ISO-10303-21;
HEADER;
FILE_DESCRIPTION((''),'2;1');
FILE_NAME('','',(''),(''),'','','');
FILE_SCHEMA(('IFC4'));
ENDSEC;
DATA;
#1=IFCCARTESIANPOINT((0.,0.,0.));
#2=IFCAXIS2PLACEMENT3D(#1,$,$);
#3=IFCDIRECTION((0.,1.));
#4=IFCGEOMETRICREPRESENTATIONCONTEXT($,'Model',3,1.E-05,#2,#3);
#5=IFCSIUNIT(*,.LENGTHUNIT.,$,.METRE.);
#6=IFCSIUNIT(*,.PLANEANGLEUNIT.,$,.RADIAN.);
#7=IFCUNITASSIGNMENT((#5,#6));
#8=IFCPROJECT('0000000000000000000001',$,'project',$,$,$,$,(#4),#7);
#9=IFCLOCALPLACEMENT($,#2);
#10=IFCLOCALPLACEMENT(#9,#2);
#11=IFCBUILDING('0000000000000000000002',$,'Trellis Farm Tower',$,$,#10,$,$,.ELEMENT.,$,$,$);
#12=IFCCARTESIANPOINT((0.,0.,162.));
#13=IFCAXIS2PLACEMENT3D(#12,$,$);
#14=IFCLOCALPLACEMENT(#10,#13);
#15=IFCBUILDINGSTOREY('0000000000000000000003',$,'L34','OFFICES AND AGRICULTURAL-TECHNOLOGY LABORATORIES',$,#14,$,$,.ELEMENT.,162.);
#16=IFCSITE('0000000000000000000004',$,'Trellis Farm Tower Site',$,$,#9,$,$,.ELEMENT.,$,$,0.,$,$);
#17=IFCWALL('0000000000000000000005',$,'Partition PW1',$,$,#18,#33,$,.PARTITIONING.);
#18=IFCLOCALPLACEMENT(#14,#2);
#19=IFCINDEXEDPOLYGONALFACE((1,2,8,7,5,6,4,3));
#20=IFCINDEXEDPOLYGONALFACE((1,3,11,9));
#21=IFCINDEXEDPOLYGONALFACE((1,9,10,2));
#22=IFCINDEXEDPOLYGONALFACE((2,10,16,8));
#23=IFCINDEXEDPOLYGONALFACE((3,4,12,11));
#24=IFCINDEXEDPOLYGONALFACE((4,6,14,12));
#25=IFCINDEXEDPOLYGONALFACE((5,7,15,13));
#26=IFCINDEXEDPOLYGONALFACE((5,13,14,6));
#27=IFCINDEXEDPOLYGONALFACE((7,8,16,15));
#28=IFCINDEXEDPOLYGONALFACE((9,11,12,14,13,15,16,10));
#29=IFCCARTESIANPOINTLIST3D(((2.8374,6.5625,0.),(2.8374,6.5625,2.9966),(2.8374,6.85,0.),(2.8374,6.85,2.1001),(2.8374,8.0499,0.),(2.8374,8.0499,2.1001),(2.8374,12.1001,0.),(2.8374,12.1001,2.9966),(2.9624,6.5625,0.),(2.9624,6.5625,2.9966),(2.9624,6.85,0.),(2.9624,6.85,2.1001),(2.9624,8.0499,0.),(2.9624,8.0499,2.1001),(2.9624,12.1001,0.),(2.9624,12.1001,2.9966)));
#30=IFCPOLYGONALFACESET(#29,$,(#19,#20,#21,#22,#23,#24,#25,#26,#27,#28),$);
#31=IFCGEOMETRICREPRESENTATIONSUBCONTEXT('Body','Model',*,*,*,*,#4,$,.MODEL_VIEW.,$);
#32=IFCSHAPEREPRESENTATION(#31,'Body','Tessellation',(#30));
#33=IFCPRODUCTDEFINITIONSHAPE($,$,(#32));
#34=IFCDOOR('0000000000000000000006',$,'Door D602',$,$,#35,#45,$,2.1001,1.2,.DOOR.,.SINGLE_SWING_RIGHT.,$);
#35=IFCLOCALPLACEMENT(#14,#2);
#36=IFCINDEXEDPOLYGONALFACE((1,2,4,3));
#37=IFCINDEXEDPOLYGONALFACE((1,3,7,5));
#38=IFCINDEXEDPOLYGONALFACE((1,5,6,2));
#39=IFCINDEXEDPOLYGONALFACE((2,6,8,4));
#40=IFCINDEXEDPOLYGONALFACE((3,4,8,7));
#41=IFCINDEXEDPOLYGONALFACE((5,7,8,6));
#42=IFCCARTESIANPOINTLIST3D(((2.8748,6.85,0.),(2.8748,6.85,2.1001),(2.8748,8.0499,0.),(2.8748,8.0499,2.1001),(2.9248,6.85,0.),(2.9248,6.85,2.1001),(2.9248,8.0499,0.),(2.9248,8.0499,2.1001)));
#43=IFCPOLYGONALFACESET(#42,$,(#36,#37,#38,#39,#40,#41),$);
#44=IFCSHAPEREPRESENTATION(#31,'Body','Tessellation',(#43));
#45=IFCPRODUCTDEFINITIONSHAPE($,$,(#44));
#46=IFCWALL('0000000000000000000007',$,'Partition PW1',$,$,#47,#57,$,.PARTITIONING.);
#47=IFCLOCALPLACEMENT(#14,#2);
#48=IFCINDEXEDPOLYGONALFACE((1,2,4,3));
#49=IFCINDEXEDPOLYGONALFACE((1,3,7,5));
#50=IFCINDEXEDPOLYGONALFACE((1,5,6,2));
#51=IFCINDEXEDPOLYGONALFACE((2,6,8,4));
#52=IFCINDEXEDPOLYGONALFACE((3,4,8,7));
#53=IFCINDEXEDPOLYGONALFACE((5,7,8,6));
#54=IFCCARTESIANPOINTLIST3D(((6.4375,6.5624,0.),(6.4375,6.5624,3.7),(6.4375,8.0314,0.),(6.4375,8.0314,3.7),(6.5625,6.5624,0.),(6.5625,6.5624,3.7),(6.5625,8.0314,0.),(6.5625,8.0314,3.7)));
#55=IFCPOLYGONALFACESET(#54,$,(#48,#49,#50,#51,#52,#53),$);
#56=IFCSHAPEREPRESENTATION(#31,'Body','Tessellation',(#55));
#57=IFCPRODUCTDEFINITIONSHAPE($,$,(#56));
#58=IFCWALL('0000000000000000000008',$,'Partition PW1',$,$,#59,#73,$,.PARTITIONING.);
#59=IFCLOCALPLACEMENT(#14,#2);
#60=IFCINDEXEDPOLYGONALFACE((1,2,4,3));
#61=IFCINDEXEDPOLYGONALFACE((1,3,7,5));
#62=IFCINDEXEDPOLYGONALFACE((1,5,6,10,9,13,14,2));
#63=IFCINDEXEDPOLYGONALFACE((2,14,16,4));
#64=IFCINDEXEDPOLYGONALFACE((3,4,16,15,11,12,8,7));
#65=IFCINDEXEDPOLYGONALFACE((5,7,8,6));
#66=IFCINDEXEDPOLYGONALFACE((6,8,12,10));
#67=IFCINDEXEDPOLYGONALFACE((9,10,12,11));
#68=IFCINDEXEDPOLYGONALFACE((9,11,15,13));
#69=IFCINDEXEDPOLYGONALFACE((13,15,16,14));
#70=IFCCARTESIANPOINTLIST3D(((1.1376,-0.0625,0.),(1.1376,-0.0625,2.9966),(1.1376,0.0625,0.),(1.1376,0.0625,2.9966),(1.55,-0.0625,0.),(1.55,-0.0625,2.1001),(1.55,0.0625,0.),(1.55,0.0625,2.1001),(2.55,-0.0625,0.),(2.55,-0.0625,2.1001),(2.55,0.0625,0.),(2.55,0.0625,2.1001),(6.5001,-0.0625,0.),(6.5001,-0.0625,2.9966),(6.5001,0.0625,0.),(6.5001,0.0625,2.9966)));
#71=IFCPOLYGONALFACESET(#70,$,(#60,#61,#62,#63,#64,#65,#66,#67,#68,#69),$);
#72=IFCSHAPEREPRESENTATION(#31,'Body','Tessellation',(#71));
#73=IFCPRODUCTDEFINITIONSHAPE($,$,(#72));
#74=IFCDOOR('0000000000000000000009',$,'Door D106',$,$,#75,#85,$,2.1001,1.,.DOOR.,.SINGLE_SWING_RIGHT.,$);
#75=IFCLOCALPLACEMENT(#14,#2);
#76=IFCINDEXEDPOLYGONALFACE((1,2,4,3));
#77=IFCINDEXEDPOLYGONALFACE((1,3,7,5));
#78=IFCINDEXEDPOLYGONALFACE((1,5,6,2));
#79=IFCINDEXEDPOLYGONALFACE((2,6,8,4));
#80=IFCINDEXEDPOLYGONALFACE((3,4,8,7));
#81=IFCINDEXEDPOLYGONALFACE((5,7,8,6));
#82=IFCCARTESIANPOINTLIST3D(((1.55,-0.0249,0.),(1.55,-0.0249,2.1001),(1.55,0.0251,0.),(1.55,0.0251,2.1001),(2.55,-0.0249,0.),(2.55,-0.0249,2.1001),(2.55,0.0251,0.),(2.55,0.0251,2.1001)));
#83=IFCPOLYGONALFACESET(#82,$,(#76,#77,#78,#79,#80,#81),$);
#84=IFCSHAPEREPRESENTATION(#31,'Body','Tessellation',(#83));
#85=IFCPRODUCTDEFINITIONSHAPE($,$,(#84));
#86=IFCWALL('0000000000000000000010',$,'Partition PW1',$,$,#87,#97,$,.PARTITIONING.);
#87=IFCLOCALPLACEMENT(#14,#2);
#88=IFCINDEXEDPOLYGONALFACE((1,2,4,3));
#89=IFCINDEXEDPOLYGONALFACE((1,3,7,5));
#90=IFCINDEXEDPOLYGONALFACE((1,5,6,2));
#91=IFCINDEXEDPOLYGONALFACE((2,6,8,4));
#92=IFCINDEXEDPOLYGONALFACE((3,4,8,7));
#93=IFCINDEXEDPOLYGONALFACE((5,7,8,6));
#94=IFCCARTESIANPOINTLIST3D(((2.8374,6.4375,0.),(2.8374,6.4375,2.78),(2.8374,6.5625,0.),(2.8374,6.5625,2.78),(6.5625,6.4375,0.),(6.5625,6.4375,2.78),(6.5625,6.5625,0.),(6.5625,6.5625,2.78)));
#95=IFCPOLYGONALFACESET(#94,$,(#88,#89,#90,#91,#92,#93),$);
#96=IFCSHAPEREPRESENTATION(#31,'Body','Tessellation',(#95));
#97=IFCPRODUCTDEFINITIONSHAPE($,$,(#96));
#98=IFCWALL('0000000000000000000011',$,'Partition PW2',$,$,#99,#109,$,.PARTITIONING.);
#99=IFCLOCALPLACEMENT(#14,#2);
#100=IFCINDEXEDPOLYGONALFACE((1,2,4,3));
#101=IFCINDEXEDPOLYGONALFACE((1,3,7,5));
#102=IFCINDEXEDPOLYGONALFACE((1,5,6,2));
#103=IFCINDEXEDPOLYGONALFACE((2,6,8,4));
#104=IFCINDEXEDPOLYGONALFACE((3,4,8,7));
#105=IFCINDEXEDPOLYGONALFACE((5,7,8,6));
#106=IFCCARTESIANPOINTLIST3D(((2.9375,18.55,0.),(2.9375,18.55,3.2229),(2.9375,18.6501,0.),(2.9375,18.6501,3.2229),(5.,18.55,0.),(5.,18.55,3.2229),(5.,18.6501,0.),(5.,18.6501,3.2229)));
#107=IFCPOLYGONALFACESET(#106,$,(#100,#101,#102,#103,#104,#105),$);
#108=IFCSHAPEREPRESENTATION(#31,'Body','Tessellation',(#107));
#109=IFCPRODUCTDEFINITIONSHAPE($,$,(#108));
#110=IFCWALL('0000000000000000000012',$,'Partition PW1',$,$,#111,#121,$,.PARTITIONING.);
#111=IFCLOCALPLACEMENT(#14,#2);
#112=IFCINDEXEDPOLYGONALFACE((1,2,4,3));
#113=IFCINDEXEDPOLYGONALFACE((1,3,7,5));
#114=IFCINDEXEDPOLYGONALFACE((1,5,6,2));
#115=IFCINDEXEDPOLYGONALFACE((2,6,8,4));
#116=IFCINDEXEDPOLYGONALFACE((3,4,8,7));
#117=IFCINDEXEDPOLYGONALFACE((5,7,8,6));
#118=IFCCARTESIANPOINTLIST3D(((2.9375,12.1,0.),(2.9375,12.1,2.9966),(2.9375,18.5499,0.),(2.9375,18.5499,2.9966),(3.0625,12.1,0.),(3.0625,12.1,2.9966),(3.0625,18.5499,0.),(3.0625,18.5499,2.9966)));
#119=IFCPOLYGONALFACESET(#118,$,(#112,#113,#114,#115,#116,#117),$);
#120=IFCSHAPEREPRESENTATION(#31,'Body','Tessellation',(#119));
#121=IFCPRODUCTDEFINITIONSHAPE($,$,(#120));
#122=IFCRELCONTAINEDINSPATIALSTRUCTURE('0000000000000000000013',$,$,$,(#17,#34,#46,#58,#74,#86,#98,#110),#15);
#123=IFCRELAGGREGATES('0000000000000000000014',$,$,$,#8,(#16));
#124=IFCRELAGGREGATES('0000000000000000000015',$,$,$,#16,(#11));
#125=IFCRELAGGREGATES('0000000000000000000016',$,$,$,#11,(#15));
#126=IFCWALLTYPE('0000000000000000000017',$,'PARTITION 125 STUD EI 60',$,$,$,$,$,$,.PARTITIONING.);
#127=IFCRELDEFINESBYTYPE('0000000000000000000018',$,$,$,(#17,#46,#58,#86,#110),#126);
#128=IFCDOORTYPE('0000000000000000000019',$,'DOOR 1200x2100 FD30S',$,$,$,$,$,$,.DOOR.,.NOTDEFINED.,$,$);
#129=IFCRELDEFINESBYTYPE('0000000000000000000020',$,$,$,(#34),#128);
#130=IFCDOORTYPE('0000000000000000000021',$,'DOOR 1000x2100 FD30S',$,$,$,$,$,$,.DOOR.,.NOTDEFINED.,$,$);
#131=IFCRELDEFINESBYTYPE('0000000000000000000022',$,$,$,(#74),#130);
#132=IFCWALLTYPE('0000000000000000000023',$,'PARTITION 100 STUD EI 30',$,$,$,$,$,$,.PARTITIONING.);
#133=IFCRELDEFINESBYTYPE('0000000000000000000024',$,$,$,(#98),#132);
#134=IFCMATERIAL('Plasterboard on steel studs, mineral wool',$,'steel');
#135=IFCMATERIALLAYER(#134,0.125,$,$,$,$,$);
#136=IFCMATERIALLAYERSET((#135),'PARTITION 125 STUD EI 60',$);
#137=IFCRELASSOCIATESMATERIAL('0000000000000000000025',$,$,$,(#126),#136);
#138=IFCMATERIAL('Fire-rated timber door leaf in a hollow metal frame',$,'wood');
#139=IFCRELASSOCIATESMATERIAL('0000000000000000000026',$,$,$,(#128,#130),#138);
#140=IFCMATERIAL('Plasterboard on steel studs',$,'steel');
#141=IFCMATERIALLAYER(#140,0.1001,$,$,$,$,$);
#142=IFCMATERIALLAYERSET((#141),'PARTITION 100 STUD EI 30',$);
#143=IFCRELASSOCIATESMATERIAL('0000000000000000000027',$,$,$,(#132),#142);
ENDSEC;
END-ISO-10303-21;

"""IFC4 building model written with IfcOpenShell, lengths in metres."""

from ifc_helpers import new_model, si_unit, direction, frame, frame_2d, origin, place, context, subcontext, project, spatial, rectangle, extrude, source, transform, mapped, material, layer, layer_set, type_object, element, fill, save


model = new_model("IFC4")

# Units and contexts
model_context = context("Model", 3, precision=1e-05, world=origin(), true_north=direction((0.0, 1.0)))
body_context = subcontext(model_context, "Body", "Model", "MODEL_VIEW")
ifc_project = project(units=[si_unit("LENGTHUNIT", "METRE"), si_unit("PLANEANGLEUNIT", "RADIAN")], contexts=[model_context])

# Site, building, storey
site_placement = place(None, origin())
site = spatial("IfcSite", under=ifc_project, at=site_placement, Name="Trellis Farm Tower Site", CompositionType="ELEMENT", RefElevation=0.0)
building_placement = place(site_placement, origin())
building = spatial("IfcBuilding", under=site, at=building_placement, Name="Trellis Farm Tower", CompositionType="ELEMENT")
storey_placement = place(building_placement, frame((0.0, 0.0, 162.0)))
storey = spatial("IfcBuildingStorey", under=building, at=storey_placement, Name="L34", Description="OFFICES AND AGRICULTURAL-TECHNOLOGY LABORATORIES", CompositionType="ELEMENT", Elevation=162.0)

# Wall, opening, door
ifc_material_1 = material(Name="Plasterboard on steel studs, mineral wool", Category="steel")
ifc_layer_1 = layer(ifc_material_1, 0.125)
ifc_layer_set_1 = layer_set([ifc_layer_1], Name="PARTITION 125 STUD EI 60")
wall_type_1 = type_object("IfcWallType", Name="PARTITION 125 STUD EI 60", PredefinedType="PARTITIONING", material=ifc_layer_set_1)
shared_shape_1 = source(origin(), body_context, "Body", "SweptSolid", [
    extrude(rectangle(XDim=5.5376, YDim=0.125, at=frame_2d((2.7688, 0.0))), origin(), (0.0, 0.0, 1.0), 2.9966),
])
wall_1_placement = place(storey_placement, frame((2.8999, 12.1001, 0.0), z_axis=(0.0, 0.0, 1.0), x_axis=(0.0, -1.0, 0.0)))
wall_1 = element("IfcWall", 1, at=wall_1_placement, inside=storey, type_object=wall_type_1, Name="Partition PW1", PredefinedType="PARTITIONING", context=body_context, shape_type="MappedRepresentation", body=[
    mapped(shared_shape_1, transform((0.0, 0.0, 0.0))),
])
shared_shape_2 = source(origin(), body_context, "Body", "SweptSolid", [
    extrude(rectangle(XDim=1.2, YDim=2.1001, at=frame_2d((0.6001, 1.05))), frame((0.0, 0.0725, 0.0), z_axis=(0.0, -1.0, 0.0), x_axis=(1.0, 0.0, 0.0)), (0.0, 0.0, 1.0), 0.145),
])
opening_1_placement = place(wall_1_placement, frame((4.05, 0.0, 0.0)))
opening_1 = element("IfcOpeningElement", 2, at=opening_1_placement, cuts=wall_1, PredefinedType="OPENING", context=body_context, shape_type="MappedRepresentation", body=[
    mapped(shared_shape_2, transform((0.0, 0.0, 0.0))),
])
ifc_material_2 = material(Name="Fire-rated timber door leaf in a hollow metal frame", Category="wood")
door_type_1 = type_object("IfcDoorType", Name="DOOR 1200x2100 FD30S", OperationType="NOTDEFINED", PredefinedType="DOOR", material=ifc_material_2)
shared_shape_3 = source(origin(), body_context, "Body", "SweptSolid", [
    extrude(rectangle(XDim=1.2, YDim=2.1001, at=frame_2d((0.6001, 1.05))), frame((0.0, 0.0249, 0.0), z_axis=(0.0, -1.0, 0.0), x_axis=(1.0, 0.0, 0.0)), (0.0, 0.0, 1.0), 0.05),
])
door_1_placement = place(opening_1_placement, origin())
door_1 = element("IfcDoor", 3, at=door_1_placement, inside=storey, type_object=door_type_1, Name="Door D602", OperationType="SINGLE_SWING_RIGHT", OverallHeight=2.1001, OverallWidth=1.2, PredefinedType="DOOR", context=body_context, shape_type="MappedRepresentation", body=[
    mapped(shared_shape_3, transform((0.0, 0.0, 0.0))),
])
fill(opening_1, door_1)

# Wall
shared_shape_4 = source(origin(), body_context, "Body", "SweptSolid", [
    extrude(rectangle(XDim=1.469, YDim=0.125, at=frame_2d((0.7344, 0.0))), origin(), (0.0, 0.0, 1.0), 3.7),
])
wall_2_placement = place(storey_placement, frame((6.5, 6.5625, 0.0), z_axis=(0.0, 0.0, 1.0), x_axis=(0.0, 1.0, 0.0)))
element("IfcWall", 4, at=wall_2_placement, inside=storey, type_object=wall_type_1, Name="Partition PW1", PredefinedType="PARTITIONING", context=body_context, shape_type="MappedRepresentation", body=[
    mapped(shared_shape_4, transform((0.0, 0.0, 0.0))),
])

# Wall, opening, door
shared_shape_5 = source(origin(), body_context, "Body", "SweptSolid", [
    extrude(rectangle(XDim=5.3625, YDim=0.125, at=frame_2d((2.6812, 0.0))), origin(), (0.0, 0.0, 1.0), 2.9966),
])
wall_3_placement = place(storey_placement, frame((6.5, 0.0, 0.0), z_axis=(0.0, 0.0, 1.0), x_axis=(-1.0, 0.0, 0.0)))
wall_3 = element("IfcWall", 5, at=wall_3_placement, inside=storey, type_object=wall_type_1, Name="Partition PW1", PredefinedType="PARTITIONING", context=body_context, shape_type="MappedRepresentation", body=[
    mapped(shared_shape_5, transform((0.0, 0.0, 0.0))),
])
shared_shape_6 = source(origin(), body_context, "Body", "SweptSolid", [
    extrude(rectangle(XDim=1.0, YDim=2.1001, at=frame_2d((0.5, 1.05))), frame((0.0, 0.0725, 0.0), z_axis=(0.0, -1.0, 0.0), x_axis=(1.0, 0.0, 0.0)), (0.0, 0.0, 1.0), 0.145),
])
opening_2_placement = place(wall_3_placement, frame((3.95, 0.0, 0.0)))
opening_2 = element("IfcOpeningElement", 6, at=opening_2_placement, cuts=wall_3, PredefinedType="OPENING", context=body_context, shape_type="MappedRepresentation", body=[
    mapped(shared_shape_6, transform((0.0, 0.0, 0.0))),
])
door_type_2 = type_object("IfcDoorType", Name="DOOR 1000x2100 FD30S", OperationType="NOTDEFINED", PredefinedType="DOOR", material=ifc_material_2)
shared_shape_7 = source(origin(), body_context, "Body", "SweptSolid", [
    extrude(rectangle(XDim=1.0, YDim=2.1001, at=frame_2d((0.5, 1.05))), frame((0.0, 0.0249, 0.0), z_axis=(0.0, -1.0, 0.0), x_axis=(1.0, 0.0, 0.0)), (0.0, 0.0, 1.0), 0.05),
])
door_2_placement = place(opening_2_placement, origin())
door_2 = element("IfcDoor", 7, at=door_2_placement, inside=storey, type_object=door_type_2, Name="Door D106", OperationType="SINGLE_SWING_RIGHT", OverallHeight=2.1001, OverallWidth=1.0, PredefinedType="DOOR", context=body_context, shape_type="MappedRepresentation", body=[
    mapped(shared_shape_7, transform((0.0, 0.0, 0.0))),
])
fill(opening_2, door_2)

# Walls
shared_shape_8 = source(origin(), body_context, "Body", "SweptSolid", [
    extrude(rectangle(XDim=3.7251, YDim=0.125, at=frame_2d((1.8625, 0.0))), origin(), (0.0, 0.0, 1.0), 2.78),
])
wall_4_placement = place(storey_placement, frame((2.8374, 6.5, 0.0), z_axis=(0.0, 0.0, 1.0), x_axis=(1.0, 0.0, 0.0)))
element("IfcWall", 8, at=wall_4_placement, inside=storey, type_object=wall_type_1, Name="Partition PW1", PredefinedType="PARTITIONING", context=body_context, shape_type="MappedRepresentation", body=[
    mapped(shared_shape_8, transform((0.0, 0.0, 0.0))),
])
ifc_material_3 = material(Name="Plasterboard on steel studs", Category="steel")
ifc_layer_2 = layer(ifc_material_3, 0.1001)
ifc_layer_set_2 = layer_set([ifc_layer_2], Name="PARTITION 100 STUD EI 30")
wall_type_2 = type_object("IfcWallType", Name="PARTITION 100 STUD EI 30", PredefinedType="PARTITIONING", material=ifc_layer_set_2)
shared_shape_9 = source(origin(), body_context, "Body", "SweptSolid", [
    extrude(rectangle(XDim=2.0625, YDim=0.1001, at=frame_2d((1.0312, 0.0))), origin(), (0.0, 0.0, 1.0), 3.2229),
])
wall_5_placement = place(storey_placement, frame((2.9375, 18.6001, 0.0), z_axis=(0.0, 0.0, 1.0), x_axis=(1.0, 0.0, 0.0)))
element("IfcWall", 9, at=wall_5_placement, inside=storey, type_object=wall_type_2, Name="Partition PW2", PredefinedType="PARTITIONING", context=body_context, shape_type="MappedRepresentation", body=[
    mapped(shared_shape_9, transform((0.0, 0.0, 0.0))),
])
shared_shape_10 = source(origin(), body_context, "Body", "SweptSolid", [
    extrude(rectangle(XDim=6.45, YDim=0.125, at=frame_2d((3.2251, 0.0))), origin(), (0.0, 0.0, 1.0), 2.9966),
])
wall_6_placement = place(storey_placement, frame((3.0, 18.55, 0.0), z_axis=(0.0, 0.0, 1.0), x_axis=(0.0, -1.0, 0.0)))
element("IfcWall", 10, at=wall_6_placement, inside=storey, type_object=wall_type_1, Name="Partition PW1", PredefinedType="PARTITIONING", context=body_context, shape_type="MappedRepresentation", body=[
    mapped(shared_shape_10, transform((0.0, 0.0, 0.0))),
])

save(model, "model.ifc")
